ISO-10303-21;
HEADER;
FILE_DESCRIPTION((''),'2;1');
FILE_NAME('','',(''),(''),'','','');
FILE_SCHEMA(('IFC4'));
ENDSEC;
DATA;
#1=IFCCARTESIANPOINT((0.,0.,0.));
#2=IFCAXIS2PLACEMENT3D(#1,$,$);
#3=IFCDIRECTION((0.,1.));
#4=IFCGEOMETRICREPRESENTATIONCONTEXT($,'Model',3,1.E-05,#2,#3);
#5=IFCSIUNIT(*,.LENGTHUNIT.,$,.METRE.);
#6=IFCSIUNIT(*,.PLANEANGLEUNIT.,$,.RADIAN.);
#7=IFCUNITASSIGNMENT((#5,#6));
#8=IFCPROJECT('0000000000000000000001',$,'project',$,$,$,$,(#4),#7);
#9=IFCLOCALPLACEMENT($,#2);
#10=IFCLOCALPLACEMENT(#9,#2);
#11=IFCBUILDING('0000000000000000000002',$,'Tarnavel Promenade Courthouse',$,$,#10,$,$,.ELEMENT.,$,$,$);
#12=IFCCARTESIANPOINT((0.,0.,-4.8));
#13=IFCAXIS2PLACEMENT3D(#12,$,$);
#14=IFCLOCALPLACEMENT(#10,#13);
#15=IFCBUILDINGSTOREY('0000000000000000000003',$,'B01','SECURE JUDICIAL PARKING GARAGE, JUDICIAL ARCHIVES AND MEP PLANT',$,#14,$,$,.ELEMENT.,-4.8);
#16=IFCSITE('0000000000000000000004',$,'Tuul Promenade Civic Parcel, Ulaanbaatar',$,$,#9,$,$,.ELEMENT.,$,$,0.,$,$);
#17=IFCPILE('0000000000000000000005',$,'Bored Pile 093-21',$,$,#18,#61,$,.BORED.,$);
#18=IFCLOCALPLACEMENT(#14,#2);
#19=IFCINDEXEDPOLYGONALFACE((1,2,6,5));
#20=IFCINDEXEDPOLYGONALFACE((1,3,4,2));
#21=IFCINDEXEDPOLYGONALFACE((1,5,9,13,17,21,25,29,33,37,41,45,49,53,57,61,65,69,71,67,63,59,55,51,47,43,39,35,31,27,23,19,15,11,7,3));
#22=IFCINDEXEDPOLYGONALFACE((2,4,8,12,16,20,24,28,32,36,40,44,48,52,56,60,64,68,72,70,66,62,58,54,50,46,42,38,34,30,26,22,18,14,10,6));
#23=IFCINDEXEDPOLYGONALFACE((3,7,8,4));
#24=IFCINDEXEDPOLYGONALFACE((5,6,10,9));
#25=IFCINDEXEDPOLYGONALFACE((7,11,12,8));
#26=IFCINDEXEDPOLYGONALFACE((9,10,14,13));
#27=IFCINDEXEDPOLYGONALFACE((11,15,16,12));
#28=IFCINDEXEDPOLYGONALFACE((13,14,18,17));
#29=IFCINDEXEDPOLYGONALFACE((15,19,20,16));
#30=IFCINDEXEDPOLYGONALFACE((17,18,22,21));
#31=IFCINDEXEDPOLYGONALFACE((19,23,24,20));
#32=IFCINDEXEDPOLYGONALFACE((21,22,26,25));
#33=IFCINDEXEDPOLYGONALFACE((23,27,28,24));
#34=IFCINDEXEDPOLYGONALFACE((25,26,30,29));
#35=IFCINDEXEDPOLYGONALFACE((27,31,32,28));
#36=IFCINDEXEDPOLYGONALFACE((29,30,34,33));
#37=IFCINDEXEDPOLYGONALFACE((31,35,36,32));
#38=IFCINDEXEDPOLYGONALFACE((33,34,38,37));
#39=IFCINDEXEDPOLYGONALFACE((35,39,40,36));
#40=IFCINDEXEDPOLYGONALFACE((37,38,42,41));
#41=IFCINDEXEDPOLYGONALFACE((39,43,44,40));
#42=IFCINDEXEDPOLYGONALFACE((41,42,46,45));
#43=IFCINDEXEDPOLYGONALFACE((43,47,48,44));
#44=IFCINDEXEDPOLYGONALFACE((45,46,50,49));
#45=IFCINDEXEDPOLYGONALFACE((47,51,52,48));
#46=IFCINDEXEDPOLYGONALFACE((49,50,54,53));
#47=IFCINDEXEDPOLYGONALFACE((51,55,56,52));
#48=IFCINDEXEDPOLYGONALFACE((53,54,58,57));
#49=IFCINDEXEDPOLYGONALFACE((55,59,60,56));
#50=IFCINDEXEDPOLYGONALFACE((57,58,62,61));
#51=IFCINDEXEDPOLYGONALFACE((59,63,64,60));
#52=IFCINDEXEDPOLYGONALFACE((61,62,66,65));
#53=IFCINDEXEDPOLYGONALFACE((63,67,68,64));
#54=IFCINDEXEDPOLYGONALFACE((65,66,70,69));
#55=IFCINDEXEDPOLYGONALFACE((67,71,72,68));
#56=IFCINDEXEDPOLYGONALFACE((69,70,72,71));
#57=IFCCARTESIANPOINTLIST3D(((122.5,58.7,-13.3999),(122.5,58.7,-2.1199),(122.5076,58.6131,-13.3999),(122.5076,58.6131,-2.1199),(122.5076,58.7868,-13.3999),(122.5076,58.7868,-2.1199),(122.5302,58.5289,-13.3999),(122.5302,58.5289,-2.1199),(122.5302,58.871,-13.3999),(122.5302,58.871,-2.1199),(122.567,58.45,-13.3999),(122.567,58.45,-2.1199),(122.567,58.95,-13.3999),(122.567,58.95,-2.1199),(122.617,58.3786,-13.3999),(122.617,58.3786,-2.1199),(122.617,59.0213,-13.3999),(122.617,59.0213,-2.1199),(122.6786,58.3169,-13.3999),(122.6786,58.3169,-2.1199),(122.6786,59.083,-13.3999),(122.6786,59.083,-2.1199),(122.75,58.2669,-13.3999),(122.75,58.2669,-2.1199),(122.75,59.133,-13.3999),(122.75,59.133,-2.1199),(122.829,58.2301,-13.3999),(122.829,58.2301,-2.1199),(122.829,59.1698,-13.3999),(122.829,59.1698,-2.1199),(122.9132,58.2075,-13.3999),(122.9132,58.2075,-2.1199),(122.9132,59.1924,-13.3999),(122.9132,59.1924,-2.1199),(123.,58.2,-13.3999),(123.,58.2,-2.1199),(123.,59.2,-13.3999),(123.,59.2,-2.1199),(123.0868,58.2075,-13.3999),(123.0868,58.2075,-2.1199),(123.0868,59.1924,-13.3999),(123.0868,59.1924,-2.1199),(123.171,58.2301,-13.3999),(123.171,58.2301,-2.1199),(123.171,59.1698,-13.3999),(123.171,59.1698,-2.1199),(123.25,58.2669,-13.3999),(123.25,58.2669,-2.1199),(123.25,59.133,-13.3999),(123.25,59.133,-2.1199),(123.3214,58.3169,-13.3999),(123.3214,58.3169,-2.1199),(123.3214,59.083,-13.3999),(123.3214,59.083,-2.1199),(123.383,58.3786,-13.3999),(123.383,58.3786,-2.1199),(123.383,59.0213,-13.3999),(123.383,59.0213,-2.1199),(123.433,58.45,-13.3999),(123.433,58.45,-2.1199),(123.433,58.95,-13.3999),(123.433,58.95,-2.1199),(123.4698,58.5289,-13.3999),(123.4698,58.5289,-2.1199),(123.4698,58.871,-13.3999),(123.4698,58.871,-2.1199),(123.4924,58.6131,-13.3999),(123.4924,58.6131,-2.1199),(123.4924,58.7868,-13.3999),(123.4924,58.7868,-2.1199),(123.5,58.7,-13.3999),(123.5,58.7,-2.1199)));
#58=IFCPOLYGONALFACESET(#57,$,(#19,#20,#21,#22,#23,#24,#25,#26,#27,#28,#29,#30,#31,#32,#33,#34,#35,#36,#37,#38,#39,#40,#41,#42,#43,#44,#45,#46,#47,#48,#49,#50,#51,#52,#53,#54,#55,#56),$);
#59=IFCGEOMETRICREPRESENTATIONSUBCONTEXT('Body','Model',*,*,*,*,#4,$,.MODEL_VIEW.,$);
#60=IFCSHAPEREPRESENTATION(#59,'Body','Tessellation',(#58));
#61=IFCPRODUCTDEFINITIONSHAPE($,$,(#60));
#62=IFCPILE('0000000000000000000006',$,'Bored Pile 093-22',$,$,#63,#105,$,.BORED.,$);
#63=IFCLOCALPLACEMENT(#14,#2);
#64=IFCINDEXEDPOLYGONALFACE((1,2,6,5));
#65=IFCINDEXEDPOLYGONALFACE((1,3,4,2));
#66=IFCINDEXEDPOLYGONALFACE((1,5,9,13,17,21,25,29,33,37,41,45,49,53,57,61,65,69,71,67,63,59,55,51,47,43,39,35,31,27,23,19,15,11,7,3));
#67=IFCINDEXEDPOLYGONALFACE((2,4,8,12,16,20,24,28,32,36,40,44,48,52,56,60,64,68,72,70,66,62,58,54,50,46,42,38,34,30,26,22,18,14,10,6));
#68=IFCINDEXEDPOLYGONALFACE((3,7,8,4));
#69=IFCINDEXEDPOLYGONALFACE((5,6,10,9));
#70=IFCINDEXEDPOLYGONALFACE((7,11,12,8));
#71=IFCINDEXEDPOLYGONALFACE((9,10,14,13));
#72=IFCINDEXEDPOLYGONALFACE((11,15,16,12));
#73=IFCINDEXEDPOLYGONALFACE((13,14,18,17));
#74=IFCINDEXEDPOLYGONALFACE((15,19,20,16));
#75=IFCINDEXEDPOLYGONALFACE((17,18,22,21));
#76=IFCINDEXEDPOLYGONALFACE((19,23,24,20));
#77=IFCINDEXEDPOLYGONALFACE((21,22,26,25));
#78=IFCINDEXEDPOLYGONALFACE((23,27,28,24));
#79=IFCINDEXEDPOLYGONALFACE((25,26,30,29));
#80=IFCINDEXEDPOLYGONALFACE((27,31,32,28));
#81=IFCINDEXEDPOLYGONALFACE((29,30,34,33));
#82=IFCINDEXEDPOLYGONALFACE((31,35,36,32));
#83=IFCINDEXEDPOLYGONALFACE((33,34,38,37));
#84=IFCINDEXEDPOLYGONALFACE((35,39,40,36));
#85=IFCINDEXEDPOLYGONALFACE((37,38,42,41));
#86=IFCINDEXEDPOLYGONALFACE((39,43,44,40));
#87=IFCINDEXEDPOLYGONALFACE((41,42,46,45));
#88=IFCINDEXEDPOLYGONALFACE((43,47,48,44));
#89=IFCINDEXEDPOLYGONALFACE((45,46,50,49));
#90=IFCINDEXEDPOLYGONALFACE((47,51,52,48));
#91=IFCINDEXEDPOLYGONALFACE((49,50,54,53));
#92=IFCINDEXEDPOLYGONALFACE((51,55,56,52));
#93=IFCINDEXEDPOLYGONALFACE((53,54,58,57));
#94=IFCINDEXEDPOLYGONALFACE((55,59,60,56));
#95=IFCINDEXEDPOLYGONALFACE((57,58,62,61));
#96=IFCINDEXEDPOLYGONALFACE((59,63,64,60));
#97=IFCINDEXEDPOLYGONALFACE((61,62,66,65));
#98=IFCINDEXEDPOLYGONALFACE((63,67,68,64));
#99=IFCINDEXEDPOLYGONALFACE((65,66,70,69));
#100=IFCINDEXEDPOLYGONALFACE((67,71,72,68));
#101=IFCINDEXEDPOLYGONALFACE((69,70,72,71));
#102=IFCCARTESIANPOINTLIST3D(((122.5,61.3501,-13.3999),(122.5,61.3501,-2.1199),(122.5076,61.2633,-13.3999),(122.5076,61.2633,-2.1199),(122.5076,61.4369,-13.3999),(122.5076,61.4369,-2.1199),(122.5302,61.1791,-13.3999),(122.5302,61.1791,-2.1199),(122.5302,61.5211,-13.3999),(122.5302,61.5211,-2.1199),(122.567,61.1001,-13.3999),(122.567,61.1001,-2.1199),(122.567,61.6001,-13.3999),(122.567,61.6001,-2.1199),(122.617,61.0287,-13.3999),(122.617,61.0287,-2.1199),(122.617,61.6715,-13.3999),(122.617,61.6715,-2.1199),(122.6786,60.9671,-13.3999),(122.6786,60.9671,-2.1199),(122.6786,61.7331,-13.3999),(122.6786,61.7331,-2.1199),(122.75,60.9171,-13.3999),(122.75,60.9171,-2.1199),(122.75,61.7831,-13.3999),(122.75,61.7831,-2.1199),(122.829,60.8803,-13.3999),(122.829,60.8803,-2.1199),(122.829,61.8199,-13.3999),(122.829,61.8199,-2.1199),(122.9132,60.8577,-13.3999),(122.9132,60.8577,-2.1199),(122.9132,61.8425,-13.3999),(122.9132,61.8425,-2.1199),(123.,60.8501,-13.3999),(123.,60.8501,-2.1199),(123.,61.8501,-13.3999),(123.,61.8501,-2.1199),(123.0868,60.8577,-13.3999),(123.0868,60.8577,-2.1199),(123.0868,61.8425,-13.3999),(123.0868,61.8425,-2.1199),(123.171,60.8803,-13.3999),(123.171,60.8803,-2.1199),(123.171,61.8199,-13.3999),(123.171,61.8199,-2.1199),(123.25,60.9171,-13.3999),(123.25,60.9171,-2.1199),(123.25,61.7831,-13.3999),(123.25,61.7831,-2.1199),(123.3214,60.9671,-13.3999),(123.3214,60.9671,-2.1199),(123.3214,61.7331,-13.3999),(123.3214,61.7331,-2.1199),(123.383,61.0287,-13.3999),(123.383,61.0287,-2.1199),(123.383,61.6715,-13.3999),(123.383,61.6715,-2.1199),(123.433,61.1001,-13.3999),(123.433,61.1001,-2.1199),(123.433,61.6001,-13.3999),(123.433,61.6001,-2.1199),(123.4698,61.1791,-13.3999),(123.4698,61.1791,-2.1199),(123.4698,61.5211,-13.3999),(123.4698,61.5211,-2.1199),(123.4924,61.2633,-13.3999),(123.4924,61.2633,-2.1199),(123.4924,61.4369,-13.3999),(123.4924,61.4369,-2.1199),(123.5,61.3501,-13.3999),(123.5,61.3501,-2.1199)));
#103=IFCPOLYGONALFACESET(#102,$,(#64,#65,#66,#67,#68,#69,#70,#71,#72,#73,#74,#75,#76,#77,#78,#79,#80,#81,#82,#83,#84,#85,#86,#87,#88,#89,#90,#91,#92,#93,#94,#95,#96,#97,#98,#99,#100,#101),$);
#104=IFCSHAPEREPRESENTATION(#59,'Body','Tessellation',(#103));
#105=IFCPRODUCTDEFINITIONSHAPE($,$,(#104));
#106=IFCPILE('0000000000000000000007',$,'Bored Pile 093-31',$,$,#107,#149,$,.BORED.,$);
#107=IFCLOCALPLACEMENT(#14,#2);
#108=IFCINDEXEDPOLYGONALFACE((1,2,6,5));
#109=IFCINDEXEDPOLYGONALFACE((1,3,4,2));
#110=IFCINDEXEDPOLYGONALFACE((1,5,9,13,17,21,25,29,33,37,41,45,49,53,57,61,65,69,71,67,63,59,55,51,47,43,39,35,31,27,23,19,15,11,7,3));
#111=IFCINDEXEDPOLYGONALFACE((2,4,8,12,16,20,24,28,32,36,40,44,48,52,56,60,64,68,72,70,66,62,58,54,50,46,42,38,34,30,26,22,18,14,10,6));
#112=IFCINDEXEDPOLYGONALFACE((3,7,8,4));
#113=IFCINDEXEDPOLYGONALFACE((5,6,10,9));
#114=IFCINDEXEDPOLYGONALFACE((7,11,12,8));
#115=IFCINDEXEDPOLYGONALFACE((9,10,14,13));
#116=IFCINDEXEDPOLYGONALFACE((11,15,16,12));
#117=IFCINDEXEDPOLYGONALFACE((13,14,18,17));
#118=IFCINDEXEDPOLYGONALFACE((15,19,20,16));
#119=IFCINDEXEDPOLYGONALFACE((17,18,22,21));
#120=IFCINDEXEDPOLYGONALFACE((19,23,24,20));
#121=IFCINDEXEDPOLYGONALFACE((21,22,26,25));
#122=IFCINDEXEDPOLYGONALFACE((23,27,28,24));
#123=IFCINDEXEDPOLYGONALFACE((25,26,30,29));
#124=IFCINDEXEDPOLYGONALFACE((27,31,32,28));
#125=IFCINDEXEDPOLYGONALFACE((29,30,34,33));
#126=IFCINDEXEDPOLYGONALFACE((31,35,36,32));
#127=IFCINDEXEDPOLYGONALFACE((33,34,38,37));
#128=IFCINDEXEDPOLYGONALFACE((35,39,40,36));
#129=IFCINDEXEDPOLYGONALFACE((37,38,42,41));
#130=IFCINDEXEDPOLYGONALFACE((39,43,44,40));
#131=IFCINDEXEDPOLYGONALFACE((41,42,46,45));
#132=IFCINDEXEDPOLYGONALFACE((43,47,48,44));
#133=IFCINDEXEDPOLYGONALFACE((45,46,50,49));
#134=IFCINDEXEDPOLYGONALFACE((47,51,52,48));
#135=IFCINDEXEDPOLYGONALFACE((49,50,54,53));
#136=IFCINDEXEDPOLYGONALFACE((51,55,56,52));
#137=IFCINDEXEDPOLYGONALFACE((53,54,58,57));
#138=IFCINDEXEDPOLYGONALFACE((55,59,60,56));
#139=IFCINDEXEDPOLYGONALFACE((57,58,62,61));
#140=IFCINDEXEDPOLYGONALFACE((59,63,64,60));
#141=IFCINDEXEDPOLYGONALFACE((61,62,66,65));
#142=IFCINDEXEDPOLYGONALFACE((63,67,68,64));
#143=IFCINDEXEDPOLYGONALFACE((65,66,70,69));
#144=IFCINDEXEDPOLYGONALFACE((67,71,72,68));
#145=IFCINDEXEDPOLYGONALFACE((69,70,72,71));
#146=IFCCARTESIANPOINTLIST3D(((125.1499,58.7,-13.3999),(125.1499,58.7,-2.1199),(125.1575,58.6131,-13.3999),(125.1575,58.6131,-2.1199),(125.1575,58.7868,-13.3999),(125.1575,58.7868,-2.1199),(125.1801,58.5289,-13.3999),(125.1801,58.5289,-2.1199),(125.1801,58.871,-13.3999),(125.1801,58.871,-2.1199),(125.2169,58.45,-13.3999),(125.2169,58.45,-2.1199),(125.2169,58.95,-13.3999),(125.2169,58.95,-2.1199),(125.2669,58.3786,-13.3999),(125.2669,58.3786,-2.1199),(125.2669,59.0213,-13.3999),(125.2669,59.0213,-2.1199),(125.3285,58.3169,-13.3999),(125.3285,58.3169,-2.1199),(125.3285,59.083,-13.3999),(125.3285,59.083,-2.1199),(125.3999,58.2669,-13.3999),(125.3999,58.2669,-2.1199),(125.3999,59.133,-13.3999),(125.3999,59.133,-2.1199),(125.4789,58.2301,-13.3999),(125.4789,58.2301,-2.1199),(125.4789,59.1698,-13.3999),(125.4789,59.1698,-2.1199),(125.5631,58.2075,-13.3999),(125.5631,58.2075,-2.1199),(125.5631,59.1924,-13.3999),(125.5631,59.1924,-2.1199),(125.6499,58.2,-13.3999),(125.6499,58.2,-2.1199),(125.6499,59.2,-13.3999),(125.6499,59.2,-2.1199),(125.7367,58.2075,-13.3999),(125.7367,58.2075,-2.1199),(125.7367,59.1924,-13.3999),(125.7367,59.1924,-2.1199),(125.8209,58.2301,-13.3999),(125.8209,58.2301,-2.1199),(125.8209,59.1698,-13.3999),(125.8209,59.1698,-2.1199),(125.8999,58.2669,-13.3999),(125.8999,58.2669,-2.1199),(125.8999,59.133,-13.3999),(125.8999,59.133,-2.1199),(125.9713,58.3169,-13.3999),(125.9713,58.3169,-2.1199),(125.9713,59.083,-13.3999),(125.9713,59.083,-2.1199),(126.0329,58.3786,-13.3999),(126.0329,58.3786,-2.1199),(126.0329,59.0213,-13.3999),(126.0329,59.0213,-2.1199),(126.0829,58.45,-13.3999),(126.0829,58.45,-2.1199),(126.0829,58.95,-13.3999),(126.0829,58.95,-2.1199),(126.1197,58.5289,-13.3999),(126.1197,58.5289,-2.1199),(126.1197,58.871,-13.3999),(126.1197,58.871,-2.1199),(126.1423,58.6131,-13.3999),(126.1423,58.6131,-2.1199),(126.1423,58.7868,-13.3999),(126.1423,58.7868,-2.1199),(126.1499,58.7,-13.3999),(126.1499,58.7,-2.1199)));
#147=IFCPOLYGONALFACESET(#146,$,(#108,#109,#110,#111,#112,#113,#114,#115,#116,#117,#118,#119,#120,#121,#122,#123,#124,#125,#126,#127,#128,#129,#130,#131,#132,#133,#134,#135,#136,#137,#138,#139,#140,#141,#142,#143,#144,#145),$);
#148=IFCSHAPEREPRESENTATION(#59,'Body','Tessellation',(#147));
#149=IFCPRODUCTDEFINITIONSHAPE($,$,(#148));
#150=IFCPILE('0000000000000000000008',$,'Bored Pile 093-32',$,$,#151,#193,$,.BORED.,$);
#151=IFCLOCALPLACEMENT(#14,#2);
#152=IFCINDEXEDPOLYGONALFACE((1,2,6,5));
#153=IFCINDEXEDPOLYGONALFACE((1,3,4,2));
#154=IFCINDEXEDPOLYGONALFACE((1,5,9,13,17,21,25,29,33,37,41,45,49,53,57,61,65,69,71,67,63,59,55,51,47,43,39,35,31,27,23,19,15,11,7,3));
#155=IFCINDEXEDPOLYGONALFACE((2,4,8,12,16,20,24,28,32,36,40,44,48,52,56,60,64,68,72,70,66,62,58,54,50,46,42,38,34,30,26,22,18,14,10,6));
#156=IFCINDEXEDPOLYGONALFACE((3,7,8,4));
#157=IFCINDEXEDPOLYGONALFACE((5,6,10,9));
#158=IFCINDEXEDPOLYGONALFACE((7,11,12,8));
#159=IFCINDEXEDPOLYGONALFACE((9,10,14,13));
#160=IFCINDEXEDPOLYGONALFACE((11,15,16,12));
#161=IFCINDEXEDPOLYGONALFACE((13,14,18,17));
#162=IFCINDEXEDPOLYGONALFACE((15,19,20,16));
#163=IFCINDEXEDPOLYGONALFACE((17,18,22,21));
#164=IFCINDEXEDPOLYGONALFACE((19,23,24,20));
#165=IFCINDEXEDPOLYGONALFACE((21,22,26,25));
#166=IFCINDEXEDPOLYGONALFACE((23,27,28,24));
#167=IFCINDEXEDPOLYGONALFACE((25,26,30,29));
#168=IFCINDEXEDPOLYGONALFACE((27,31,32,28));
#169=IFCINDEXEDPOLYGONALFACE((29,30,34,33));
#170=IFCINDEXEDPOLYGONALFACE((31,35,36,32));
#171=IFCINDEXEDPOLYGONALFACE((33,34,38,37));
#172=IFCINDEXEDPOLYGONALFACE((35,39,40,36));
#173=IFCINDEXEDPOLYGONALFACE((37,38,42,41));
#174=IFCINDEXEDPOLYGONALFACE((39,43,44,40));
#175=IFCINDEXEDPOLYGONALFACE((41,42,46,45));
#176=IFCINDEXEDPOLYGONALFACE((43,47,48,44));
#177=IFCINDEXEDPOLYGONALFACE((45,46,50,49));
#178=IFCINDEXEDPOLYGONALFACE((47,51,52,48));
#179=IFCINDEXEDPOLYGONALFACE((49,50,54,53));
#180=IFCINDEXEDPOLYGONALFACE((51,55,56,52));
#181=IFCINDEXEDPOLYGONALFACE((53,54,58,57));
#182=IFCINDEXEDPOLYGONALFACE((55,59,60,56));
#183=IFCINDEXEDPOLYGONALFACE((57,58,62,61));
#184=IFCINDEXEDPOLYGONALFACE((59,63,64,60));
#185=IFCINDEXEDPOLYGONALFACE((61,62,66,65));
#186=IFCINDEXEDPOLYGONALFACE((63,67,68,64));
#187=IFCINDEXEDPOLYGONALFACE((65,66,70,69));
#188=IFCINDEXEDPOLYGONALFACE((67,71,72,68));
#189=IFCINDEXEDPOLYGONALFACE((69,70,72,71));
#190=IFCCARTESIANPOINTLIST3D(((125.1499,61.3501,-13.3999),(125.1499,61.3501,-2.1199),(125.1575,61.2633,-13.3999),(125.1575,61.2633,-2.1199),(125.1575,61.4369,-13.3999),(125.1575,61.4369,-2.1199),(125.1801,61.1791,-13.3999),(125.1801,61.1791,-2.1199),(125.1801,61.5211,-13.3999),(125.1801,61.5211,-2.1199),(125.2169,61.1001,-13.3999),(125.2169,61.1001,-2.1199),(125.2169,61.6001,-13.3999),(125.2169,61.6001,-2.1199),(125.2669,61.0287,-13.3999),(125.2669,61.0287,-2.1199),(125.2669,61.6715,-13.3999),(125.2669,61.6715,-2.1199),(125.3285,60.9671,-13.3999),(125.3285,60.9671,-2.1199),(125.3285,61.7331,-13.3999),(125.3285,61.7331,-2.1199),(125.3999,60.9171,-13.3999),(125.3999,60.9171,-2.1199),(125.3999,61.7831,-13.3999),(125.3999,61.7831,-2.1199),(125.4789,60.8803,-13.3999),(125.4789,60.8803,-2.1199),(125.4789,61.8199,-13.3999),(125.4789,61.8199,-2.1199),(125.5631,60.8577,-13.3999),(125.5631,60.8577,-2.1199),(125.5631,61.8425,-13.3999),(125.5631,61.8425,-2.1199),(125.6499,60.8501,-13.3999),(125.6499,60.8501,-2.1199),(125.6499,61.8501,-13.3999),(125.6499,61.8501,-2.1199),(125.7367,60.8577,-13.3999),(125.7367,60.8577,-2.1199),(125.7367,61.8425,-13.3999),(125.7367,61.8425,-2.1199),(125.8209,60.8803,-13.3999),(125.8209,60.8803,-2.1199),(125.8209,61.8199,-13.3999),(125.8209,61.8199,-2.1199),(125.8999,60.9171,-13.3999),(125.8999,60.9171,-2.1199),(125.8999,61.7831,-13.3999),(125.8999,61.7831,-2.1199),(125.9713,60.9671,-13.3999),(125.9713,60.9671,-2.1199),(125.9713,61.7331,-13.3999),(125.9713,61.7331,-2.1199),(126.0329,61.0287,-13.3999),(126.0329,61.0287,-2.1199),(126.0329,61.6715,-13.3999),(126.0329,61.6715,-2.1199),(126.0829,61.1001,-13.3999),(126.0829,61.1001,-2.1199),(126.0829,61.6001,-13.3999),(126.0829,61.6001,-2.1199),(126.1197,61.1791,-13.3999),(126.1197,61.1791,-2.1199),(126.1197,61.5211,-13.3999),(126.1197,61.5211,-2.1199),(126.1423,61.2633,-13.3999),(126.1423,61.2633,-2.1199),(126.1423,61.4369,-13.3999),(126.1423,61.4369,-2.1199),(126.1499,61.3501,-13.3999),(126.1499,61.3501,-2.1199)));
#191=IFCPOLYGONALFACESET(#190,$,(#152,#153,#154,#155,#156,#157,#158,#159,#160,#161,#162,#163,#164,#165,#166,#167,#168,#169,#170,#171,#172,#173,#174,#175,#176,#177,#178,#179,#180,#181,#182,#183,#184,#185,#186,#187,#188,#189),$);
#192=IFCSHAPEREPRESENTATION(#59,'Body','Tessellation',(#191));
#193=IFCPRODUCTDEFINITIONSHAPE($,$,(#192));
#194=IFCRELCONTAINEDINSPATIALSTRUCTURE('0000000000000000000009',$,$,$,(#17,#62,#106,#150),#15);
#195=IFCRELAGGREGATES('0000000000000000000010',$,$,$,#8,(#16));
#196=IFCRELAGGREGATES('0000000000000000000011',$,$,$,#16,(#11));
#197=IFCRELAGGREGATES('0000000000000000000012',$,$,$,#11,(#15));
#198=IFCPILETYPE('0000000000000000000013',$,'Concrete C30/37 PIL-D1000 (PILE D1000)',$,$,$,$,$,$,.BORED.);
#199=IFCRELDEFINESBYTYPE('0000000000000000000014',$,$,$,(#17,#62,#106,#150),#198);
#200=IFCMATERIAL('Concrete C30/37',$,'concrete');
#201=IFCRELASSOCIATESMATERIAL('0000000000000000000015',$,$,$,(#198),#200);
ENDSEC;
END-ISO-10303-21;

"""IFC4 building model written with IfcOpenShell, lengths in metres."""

from ifc_helpers import new_model, si_unit, direction, frame, origin, origin_2d, place, context, subcontext, project, spatial, circle, extrude, material, material_profile, profile_set, type_object, element, save


model = new_model("IFC4")

# Units and contexts
model_context = context("Model", 3, precision=1e-05, world=origin(), true_north=direction((0.0, 1.0)))
body_context = subcontext(model_context, "Body", "Model", "MODEL_VIEW")
ifc_project = project(units=[si_unit("LENGTHUNIT", "METRE"), si_unit("PLANEANGLEUNIT", "RADIAN")], contexts=[model_context])

# Site, building, storey
site_placement = place(None, origin())
site = spatial("IfcSite", under=ifc_project, at=site_placement, Name="Tuul Promenade Civic Parcel, Ulaanbaatar", CompositionType="ELEMENT", RefElevation=0.0)
building_placement = place(site_placement, origin())
building = spatial("IfcBuilding", under=site, at=building_placement, Name="Tarnavel Promenade Courthouse", CompositionType="ELEMENT")
storey_placement = place(building_placement, frame((0.0, 0.0, -4.8)))
storey = spatial("IfcBuildingStorey", under=building, at=storey_placement, Name="B01", Description="SECURE JUDICIAL PARKING GARAGE, JUDICIAL ARCHIVES AND MEP PLANT", CompositionType="ELEMENT", Elevation=-4.8)

# Piles
ifc_material_1 = material(Name="Concrete C30/37", Category="concrete")
ifc_material_profile_1 = material_profile(ifc_material_1, circle(Radius=0.5, at=origin_2d()), Name="PILE D1000")
ifc_profile_set_1 = profile_set([ifc_material_profile_1], Name="Concrete C30/37")
pile_type = type_object("IfcPileType", Name="Concrete C30/37 PIL-D1000 (PILE D1000)", PredefinedType="BORED", material=ifc_profile_set_1)
for number, where, z_axis, x_axis, name in (
    (1, (123.0, 58.7, -2.1199), (0.0, 0.0, -1.0), (1.0, 0.0, 0.0), "Bored Pile 093-21"),
    (2, (123.0, 61.3501, -2.1199), (0.0, 0.0, -1.0), (1.0, 0.0, 0.0), "Bored Pile 093-22"),
    (3, (125.6499, 58.7, -2.1199), (0.0, 0.0, -1.0), (1.0, 0.0, 0.0), "Bored Pile 093-31"),
    (4, (125.6499, 61.3501, -2.1199), (0.0, 0.0, -1.0), (1.0, 0.0, 0.0), "Bored Pile 093-32"),
):
    element("IfcPile", number, at=place(storey_placement, frame(where, z_axis=z_axis, x_axis=x_axis)), inside=storey, type_object=pile_type, Name=name, PredefinedType="BORED", context=body_context, shape_type="SweptSolid", body=[
        extrude(circle(Radius=0.5, at=origin_2d()), origin(), (0.0, 0.0, 1.0), 11.28),
    ])

save(model, "model.ifc")
